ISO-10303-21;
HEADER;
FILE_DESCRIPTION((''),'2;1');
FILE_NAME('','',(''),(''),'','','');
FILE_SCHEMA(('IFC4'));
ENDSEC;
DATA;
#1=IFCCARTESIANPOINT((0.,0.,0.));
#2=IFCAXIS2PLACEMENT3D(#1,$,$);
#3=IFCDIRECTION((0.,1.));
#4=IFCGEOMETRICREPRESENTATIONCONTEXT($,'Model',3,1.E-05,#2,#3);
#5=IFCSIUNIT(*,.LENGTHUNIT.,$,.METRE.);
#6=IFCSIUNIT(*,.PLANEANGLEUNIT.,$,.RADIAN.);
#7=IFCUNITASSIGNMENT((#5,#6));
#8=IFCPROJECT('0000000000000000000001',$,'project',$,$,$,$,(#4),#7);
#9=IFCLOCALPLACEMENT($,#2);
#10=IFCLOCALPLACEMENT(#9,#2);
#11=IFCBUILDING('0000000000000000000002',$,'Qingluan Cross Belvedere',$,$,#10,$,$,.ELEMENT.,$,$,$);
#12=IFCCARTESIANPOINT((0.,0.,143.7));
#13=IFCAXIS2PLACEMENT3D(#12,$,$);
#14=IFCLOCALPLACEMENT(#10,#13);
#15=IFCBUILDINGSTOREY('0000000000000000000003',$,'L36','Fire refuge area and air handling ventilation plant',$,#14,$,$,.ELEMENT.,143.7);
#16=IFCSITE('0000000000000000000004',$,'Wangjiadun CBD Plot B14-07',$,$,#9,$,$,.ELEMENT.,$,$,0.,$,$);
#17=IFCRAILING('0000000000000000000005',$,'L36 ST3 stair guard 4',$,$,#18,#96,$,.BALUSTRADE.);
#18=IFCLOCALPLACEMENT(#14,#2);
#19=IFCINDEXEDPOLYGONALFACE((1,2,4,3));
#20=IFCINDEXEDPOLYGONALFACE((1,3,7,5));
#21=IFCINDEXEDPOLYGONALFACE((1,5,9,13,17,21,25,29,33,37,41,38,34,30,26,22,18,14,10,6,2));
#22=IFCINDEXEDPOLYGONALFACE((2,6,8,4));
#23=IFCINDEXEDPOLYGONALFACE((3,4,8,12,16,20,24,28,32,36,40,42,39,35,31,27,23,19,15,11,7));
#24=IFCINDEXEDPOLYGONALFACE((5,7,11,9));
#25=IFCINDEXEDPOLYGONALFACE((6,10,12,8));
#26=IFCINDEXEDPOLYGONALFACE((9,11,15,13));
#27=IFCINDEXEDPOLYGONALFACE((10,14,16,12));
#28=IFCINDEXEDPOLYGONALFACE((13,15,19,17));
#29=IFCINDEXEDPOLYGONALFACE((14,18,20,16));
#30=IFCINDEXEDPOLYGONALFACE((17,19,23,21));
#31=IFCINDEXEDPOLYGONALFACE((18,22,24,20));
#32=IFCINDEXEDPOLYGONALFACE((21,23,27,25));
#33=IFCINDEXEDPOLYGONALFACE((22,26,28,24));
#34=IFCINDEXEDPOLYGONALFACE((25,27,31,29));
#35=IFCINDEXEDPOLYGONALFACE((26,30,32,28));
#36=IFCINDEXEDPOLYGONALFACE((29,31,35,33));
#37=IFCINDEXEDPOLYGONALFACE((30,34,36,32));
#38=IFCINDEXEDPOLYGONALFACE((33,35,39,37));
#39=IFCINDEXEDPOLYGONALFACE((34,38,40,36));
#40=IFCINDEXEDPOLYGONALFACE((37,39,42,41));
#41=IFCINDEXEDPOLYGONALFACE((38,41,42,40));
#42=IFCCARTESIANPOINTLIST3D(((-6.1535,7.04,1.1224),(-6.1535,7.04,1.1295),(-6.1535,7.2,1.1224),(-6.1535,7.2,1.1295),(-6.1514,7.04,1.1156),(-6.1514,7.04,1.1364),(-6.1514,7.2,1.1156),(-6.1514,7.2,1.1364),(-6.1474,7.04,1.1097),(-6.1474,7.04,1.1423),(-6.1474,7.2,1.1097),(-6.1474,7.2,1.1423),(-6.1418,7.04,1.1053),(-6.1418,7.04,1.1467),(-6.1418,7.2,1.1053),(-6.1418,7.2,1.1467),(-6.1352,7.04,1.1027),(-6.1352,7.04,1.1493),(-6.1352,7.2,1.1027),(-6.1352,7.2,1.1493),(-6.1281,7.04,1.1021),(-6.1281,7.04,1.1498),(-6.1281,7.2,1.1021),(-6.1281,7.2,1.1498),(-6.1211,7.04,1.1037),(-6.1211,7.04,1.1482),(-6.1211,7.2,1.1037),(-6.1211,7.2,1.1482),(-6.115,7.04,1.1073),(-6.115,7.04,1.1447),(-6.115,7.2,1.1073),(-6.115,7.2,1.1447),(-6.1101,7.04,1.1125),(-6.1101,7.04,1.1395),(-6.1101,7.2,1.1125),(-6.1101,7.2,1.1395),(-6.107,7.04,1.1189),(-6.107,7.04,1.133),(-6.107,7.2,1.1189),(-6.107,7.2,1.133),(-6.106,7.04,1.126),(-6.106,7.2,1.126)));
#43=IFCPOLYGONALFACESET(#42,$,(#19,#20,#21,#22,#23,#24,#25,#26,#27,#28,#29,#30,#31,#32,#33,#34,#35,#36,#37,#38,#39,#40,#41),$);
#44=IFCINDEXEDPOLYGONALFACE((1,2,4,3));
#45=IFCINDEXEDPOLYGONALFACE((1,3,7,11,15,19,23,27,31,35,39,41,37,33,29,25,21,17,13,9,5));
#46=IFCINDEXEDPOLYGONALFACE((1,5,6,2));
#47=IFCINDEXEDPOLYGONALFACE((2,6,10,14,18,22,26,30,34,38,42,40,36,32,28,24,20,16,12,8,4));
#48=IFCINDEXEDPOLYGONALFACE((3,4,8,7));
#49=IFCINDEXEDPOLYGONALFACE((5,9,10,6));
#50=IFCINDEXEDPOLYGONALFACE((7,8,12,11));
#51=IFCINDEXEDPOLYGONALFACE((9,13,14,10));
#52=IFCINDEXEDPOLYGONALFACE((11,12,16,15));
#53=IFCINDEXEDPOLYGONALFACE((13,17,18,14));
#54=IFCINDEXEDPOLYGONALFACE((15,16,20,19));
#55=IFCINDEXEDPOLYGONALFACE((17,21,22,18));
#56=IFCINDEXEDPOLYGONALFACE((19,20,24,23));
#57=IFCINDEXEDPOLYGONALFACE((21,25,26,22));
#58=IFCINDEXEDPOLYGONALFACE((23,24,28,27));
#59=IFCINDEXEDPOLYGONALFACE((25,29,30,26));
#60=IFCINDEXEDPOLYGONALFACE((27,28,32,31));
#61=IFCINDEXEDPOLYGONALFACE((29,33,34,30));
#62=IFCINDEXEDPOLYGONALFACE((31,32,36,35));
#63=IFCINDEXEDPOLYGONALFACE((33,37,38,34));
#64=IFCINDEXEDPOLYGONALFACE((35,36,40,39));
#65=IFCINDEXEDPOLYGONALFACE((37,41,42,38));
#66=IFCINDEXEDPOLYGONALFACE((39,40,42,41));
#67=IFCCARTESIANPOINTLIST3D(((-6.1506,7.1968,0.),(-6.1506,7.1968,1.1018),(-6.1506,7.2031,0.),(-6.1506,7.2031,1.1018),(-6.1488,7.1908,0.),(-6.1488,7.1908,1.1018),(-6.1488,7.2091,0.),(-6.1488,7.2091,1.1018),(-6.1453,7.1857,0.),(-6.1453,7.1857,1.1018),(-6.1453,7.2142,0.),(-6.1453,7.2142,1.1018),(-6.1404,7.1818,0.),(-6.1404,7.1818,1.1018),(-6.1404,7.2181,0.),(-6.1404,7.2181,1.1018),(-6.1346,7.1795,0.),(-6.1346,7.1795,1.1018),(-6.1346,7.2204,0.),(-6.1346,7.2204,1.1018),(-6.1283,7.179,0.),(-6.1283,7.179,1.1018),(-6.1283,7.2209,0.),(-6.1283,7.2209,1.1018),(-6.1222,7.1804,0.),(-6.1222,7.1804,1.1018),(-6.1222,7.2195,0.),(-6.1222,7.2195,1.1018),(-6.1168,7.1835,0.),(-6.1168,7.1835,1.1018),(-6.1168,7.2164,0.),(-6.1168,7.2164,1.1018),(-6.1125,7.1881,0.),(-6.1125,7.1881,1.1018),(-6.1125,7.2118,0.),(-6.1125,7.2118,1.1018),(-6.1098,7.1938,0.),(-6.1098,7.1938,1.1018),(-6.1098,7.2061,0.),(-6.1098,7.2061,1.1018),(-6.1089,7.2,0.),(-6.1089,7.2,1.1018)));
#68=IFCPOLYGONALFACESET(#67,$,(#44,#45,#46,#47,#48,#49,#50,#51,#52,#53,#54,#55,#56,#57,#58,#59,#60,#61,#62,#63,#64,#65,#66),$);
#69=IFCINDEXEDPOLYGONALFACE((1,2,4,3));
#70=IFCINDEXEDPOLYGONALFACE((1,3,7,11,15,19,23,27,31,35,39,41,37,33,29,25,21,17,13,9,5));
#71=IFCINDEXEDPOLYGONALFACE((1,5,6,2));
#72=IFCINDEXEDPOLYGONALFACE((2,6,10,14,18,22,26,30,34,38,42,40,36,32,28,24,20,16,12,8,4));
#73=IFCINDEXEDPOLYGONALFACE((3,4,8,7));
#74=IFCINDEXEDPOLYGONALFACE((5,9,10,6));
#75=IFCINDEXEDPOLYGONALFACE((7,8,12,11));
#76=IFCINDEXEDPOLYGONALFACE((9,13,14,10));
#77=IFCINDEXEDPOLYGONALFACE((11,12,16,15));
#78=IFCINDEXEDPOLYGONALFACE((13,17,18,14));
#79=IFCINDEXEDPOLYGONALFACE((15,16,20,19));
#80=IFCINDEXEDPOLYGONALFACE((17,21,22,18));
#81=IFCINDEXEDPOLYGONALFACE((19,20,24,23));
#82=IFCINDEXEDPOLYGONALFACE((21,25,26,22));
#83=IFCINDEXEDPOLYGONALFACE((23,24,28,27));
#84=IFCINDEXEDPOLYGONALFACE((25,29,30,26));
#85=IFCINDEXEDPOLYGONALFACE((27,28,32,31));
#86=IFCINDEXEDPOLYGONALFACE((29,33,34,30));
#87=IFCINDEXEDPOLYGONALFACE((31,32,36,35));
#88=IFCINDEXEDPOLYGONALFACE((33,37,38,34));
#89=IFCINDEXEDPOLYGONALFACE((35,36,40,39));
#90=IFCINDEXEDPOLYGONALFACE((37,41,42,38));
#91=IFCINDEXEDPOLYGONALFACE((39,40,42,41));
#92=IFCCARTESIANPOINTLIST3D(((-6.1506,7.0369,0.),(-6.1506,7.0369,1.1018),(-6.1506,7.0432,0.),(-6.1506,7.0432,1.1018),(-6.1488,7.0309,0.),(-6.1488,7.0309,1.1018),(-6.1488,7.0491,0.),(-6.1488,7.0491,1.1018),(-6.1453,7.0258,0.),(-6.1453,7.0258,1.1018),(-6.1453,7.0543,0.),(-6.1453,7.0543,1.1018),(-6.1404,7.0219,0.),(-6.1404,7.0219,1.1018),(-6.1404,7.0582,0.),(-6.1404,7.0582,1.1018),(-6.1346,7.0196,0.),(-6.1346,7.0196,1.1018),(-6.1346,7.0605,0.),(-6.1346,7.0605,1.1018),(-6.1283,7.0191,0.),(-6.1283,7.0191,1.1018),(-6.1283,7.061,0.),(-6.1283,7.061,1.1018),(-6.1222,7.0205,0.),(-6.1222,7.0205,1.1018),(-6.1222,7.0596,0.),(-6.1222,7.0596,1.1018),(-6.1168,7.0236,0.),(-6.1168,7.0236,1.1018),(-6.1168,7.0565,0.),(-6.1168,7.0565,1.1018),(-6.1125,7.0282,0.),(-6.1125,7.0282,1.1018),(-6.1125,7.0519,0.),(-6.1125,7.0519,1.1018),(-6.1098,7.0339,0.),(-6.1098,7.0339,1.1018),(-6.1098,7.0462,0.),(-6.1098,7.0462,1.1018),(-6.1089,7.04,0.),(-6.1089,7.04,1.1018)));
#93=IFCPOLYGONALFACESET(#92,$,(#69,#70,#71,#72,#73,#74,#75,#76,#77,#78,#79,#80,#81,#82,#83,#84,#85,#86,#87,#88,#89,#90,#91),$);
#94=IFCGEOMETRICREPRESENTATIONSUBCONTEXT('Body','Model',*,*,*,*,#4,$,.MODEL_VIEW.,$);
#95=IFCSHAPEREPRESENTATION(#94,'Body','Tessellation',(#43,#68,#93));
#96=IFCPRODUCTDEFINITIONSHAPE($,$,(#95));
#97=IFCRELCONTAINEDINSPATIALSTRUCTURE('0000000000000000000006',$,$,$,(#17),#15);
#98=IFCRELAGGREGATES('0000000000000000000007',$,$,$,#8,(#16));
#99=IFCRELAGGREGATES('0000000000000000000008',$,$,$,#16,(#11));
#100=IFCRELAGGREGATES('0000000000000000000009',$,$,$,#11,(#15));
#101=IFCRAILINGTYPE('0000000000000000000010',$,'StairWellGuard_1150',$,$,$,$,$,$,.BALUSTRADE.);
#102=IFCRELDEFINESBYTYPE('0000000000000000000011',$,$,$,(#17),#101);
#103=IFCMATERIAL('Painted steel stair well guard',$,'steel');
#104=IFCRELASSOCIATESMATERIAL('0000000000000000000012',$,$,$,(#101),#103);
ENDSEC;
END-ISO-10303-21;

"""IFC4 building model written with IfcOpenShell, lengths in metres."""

from ifc_helpers import new_model, si_unit, direction, frame, origin, origin_2d, place, context, subcontext, project, spatial, circle, extrude, material, type_object, element, save


model = new_model("IFC4")

# Units and contexts
model_context = context("Model", 3, precision=1e-05, world=origin(), true_north=direction((0.0, 1.0)))
body_context = subcontext(model_context, "Body", "Model", "MODEL_VIEW")
ifc_project = project(units=[si_unit("LENGTHUNIT", "METRE"), si_unit("PLANEANGLEUNIT", "RADIAN")], contexts=[model_context])

# Site, building, storey
site_placement = place(None, origin())
site = spatial("IfcSite", under=ifc_project, at=site_placement, Name="Wangjiadun CBD Plot B14-07", CompositionType="ELEMENT", RefElevation=0.0)
building_placement = place(site_placement, origin())
building = spatial("IfcBuilding", under=site, at=building_placement, Name="Qingluan Cross Belvedere", CompositionType="ELEMENT")
storey_placement = place(building_placement, frame((0.0, 0.0, 143.7)))
storey = spatial("IfcBuildingStorey", under=building, at=storey_placement, Name="L36", Description="Fire refuge area and air handling ventilation plant", CompositionType="ELEMENT", Elevation=143.7)

# Railing
ifc_material_1 = material(Name="Painted steel stair well guard", Category="steel")
railing_type_1 = type_object("IfcRailingType", Name="StairWellGuard_1150", PredefinedType="BALUSTRADE", material=ifc_material_1)
railing_1_placement = place(storey_placement, frame((-6.1299, 7.2, 0.0)))
element("IfcRailing", 1, at=railing_1_placement, inside=storey, type_object=railing_type_1, Name="L36 ST3 stair guard 4", PredefinedType="BALUSTRADE", context=body_context, shape_type="SweptSolid", body=[
    extrude(circle(Radius=0.0239, at=origin_2d()), frame((0.0, 0.0, 1.126), z_axis=(0.0, -1.0, 0.0), x_axis=(1.0, 0.0, 0.0)), (0.0, 0.0, 1.0), 0.1599),
    extrude(circle(Radius=0.021, at=origin_2d()), origin(), (0.0, 0.0, 1.0), 1.1018),
    extrude(circle(Radius=0.021, at=origin_2d()), frame((0.0, -0.1599, 0.0)), (0.0, 0.0, 1.0), 1.1018),
])

save(model, "model.ifc")
